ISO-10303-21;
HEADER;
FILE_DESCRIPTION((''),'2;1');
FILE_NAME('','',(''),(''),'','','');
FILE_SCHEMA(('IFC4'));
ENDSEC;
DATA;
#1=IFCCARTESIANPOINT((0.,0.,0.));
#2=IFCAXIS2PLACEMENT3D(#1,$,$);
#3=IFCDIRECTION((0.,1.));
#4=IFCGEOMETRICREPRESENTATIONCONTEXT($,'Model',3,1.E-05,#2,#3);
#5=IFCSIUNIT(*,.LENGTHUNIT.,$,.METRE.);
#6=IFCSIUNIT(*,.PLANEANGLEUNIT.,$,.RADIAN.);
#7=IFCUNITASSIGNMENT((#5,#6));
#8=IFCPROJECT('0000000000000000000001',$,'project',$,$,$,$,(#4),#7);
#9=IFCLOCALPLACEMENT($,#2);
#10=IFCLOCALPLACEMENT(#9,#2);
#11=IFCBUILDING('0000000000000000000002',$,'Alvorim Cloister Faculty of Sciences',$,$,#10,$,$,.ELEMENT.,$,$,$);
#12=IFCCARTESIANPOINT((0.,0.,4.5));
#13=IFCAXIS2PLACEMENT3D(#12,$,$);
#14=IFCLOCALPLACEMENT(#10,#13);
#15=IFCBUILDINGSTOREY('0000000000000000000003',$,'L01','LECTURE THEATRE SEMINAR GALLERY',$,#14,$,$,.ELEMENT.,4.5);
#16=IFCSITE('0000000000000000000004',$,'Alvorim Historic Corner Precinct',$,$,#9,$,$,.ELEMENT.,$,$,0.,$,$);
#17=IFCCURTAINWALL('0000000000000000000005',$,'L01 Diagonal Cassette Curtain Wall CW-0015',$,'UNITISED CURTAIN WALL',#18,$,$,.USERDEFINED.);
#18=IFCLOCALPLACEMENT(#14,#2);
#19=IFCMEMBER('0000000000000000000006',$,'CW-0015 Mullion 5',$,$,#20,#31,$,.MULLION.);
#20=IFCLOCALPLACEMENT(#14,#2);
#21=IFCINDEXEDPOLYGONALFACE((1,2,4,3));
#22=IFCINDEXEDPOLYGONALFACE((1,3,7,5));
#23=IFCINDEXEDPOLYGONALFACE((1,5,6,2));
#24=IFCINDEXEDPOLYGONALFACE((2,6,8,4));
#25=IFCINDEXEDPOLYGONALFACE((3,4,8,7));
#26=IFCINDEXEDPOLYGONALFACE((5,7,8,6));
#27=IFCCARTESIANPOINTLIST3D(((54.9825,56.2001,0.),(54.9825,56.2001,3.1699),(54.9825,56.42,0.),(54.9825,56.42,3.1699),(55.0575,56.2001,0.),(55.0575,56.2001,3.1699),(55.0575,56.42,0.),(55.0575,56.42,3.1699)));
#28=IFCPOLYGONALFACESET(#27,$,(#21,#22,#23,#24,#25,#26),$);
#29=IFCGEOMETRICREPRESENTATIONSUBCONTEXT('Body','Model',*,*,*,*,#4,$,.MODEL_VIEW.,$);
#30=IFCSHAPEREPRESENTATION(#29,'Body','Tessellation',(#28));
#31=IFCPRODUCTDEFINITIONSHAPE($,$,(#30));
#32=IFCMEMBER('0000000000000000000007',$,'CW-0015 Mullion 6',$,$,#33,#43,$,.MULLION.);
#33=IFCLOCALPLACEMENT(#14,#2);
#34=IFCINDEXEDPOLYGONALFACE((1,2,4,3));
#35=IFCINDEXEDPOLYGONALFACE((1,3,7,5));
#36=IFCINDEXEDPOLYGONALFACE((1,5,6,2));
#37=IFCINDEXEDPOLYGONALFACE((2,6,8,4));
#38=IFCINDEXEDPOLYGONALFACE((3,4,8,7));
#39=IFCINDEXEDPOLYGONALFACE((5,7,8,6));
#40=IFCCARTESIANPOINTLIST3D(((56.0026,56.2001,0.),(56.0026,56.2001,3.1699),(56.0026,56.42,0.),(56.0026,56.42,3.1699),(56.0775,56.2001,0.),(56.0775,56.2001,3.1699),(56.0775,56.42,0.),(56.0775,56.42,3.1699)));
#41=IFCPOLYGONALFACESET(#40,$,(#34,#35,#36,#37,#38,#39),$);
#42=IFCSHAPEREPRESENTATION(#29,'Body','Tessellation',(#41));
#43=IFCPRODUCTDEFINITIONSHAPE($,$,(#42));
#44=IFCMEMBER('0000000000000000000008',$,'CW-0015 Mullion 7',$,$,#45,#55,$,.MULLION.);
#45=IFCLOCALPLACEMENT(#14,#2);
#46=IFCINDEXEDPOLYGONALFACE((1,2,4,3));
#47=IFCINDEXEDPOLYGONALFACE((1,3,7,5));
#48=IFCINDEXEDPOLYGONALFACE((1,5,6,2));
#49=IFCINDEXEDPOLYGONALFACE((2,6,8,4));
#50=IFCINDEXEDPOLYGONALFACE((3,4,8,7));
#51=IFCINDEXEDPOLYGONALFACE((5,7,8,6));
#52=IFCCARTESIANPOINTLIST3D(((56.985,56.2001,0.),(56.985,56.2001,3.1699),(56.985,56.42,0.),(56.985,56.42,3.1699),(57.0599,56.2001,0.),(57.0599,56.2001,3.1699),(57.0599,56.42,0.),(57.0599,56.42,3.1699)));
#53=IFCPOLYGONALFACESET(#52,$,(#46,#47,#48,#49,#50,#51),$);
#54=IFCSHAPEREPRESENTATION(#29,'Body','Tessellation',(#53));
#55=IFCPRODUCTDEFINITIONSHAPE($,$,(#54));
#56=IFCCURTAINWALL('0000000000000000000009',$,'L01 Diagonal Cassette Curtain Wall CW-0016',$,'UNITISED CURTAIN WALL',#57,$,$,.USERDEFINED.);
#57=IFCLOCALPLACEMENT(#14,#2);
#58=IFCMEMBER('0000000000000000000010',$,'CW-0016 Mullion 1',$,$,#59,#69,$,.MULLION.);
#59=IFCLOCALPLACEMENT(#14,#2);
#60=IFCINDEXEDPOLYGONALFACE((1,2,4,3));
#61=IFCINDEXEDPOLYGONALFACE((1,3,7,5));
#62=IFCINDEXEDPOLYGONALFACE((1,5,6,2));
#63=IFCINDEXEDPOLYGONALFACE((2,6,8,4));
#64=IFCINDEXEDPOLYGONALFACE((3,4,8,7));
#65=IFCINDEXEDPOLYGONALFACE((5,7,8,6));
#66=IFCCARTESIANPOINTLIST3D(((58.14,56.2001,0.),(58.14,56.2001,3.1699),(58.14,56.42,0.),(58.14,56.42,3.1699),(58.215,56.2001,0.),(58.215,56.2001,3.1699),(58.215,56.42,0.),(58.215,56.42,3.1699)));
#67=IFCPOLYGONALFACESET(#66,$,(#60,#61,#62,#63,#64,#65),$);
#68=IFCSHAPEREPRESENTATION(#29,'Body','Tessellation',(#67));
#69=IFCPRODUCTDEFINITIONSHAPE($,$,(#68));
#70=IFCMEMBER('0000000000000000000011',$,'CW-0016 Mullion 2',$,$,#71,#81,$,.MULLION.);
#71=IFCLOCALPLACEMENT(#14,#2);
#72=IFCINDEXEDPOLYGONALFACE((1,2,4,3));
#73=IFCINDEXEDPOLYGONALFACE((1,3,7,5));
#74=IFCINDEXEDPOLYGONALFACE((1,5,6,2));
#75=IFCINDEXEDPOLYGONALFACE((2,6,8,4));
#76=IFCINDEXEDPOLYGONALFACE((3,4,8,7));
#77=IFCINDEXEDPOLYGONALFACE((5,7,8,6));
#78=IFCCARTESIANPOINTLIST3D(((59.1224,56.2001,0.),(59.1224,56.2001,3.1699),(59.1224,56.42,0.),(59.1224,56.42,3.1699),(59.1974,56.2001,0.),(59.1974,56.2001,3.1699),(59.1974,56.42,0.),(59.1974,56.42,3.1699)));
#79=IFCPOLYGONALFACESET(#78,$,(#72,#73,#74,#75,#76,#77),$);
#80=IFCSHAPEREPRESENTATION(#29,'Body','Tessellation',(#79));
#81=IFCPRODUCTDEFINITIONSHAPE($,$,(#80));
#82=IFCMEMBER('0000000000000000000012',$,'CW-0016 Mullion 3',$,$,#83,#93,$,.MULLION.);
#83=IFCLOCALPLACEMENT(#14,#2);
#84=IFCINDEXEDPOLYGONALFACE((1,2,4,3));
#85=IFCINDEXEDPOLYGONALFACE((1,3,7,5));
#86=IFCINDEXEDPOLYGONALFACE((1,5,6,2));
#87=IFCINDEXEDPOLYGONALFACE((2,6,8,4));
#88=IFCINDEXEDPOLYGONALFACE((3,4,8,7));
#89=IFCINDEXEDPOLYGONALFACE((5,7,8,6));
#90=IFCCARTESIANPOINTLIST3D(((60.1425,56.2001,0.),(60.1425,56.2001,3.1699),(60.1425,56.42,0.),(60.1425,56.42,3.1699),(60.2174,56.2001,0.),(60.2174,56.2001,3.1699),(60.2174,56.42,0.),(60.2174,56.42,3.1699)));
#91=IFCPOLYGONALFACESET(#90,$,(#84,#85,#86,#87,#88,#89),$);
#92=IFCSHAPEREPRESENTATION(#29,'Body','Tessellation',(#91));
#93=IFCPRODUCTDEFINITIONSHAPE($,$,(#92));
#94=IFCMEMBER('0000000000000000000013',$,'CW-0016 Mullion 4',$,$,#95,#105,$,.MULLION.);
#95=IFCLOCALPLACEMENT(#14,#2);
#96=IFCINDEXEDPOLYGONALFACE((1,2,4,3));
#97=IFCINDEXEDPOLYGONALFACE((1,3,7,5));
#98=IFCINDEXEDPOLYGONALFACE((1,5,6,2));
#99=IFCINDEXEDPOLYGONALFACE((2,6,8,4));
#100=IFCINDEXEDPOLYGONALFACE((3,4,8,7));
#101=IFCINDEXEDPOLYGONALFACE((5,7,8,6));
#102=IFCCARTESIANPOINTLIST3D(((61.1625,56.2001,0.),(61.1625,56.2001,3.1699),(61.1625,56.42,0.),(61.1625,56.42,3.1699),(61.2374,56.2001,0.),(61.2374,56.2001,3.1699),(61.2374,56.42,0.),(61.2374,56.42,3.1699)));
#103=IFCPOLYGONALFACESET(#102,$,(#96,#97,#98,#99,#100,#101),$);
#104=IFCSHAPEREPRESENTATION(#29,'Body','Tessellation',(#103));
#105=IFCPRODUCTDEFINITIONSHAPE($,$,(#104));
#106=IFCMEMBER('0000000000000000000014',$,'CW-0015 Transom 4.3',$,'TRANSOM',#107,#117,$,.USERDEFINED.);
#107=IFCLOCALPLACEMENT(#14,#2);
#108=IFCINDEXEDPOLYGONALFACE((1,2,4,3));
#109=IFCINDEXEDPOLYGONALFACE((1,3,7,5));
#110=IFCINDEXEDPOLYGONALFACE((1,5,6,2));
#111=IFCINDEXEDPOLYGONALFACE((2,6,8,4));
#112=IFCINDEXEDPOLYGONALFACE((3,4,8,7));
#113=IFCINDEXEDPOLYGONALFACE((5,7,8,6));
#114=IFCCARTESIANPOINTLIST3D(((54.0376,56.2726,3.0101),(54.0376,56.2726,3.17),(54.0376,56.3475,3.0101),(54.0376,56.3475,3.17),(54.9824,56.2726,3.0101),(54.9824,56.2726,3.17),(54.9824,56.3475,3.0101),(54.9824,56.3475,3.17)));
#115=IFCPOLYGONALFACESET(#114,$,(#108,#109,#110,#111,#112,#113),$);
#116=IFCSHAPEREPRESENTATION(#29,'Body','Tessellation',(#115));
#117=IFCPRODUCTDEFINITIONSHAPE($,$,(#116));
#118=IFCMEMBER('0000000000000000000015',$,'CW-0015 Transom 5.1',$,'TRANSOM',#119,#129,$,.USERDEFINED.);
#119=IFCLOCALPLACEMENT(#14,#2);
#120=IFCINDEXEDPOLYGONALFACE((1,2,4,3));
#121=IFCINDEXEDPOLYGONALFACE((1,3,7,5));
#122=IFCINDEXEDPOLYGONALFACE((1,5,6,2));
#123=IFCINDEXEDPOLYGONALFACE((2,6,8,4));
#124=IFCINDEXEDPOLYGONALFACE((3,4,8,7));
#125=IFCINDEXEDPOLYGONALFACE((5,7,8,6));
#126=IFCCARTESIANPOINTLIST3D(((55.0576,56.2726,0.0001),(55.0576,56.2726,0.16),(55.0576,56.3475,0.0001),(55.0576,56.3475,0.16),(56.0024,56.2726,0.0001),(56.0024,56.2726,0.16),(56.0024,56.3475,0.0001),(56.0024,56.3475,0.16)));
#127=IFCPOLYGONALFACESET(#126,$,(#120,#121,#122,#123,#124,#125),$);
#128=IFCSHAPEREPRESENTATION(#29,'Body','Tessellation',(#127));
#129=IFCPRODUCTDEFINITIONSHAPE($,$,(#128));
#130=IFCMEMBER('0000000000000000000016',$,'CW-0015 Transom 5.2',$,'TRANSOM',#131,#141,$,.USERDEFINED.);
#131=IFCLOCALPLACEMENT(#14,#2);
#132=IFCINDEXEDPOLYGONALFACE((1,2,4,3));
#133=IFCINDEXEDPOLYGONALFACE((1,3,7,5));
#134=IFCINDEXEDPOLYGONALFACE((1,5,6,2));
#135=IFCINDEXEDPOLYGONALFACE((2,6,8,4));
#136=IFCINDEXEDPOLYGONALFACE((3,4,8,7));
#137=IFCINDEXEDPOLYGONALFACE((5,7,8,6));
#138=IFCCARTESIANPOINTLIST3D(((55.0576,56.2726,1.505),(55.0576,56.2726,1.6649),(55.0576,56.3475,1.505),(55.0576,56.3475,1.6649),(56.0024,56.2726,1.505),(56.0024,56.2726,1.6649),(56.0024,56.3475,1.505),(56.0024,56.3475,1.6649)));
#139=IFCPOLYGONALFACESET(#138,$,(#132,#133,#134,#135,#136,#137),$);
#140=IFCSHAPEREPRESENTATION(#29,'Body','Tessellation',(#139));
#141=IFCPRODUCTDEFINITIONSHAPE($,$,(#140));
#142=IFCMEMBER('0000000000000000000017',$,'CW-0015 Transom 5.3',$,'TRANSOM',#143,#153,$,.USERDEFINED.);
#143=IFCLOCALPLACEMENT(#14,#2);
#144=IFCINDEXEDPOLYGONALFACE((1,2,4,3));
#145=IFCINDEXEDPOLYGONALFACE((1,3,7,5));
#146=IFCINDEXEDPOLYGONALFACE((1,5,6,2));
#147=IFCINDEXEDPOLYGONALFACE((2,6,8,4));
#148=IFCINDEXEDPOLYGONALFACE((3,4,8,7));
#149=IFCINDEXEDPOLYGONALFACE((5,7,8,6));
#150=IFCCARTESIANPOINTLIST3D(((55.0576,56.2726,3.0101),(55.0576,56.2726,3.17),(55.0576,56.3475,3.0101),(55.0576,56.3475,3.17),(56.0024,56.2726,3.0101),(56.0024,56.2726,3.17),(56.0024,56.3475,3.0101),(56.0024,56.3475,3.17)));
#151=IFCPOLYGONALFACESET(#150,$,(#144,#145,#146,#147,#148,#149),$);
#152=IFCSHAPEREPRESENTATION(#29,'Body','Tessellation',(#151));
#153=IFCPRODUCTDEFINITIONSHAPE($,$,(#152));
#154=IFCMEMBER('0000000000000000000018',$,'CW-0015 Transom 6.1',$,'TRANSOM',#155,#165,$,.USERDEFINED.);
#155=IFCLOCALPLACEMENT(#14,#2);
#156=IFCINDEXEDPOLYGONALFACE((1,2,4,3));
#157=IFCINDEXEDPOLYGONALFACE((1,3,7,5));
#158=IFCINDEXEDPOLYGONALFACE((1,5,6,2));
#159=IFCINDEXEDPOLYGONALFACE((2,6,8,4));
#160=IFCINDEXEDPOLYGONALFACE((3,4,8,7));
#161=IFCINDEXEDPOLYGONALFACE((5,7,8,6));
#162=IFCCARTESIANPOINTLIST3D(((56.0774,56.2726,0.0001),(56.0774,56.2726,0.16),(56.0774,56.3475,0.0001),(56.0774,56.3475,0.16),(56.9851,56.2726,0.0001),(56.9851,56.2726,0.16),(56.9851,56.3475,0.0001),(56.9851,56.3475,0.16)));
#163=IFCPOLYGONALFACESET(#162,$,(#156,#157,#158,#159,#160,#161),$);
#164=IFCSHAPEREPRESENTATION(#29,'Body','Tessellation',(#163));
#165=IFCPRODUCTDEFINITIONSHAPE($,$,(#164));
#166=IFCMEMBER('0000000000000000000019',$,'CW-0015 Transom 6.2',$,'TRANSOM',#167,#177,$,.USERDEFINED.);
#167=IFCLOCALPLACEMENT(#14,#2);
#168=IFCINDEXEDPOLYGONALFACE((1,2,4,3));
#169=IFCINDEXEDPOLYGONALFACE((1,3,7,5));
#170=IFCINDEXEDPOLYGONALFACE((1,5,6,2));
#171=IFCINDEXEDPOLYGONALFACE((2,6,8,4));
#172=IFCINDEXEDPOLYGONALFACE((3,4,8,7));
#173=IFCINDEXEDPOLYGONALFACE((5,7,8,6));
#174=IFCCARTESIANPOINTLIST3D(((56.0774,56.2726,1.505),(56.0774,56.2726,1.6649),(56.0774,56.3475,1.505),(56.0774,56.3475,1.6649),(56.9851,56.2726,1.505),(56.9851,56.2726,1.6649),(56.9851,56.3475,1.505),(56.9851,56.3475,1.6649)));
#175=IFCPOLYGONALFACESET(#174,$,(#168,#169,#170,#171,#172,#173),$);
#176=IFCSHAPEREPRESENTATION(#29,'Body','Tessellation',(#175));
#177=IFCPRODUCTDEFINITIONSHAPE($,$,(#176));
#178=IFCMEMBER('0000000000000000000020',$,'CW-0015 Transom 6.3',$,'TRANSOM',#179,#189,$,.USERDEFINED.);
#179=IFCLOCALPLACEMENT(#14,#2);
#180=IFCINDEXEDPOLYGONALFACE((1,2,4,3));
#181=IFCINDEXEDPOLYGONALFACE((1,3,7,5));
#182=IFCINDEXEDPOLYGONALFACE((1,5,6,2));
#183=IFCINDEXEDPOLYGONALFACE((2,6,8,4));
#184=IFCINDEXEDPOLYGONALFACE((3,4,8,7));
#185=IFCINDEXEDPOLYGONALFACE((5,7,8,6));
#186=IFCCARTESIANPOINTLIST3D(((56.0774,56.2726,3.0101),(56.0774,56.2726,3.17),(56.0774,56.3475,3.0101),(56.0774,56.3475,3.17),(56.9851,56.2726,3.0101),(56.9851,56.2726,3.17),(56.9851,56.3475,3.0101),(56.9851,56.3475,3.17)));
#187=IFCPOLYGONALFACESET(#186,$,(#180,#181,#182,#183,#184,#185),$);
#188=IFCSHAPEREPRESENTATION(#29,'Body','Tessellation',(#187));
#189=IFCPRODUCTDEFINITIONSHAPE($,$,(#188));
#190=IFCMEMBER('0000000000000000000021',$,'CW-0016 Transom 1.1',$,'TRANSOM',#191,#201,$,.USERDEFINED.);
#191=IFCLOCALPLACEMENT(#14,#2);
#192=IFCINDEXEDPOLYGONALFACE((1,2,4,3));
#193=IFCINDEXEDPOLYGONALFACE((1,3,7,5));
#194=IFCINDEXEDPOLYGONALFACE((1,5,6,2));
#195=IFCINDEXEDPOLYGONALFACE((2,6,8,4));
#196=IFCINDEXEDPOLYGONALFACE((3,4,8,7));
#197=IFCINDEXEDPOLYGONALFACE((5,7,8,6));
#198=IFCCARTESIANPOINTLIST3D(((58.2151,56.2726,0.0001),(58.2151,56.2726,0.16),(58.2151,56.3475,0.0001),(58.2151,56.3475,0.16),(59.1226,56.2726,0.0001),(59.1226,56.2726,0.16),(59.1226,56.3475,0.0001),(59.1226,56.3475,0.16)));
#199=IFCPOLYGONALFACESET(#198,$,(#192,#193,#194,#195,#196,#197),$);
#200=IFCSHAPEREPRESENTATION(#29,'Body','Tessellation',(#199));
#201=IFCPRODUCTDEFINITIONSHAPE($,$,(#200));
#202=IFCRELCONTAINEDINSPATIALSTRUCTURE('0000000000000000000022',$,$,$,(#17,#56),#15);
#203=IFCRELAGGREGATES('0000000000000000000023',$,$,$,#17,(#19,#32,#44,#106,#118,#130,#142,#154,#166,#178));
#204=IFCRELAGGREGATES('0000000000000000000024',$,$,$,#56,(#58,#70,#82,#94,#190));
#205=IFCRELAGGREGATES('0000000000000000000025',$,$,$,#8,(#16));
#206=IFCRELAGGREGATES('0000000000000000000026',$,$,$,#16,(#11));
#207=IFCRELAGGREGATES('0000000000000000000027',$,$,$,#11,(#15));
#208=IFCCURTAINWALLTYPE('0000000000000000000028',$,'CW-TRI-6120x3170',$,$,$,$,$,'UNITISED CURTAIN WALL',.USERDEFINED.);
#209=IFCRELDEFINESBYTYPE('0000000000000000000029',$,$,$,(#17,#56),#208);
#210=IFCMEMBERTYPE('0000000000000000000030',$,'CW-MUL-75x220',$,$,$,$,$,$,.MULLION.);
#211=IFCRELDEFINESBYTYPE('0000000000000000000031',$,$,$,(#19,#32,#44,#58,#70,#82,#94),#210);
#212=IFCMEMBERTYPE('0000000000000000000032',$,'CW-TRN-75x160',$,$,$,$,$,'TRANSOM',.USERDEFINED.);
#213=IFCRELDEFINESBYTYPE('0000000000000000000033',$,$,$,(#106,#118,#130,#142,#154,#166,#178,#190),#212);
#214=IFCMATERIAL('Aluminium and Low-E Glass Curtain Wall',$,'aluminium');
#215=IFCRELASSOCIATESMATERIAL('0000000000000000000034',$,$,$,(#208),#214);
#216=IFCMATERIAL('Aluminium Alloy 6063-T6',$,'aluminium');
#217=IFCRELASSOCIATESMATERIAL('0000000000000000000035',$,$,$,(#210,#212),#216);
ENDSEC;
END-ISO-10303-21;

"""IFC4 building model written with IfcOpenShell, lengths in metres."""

from ifc_helpers import new_model, si_unit, direction, frame, origin, origin_2d, place, context, subcontext, project, spatial, rectangle, extrude, material, material_profile, profile_set, type_object, element, aggregate, save


model = new_model("IFC4")

# Units and contexts
model_context = context("Model", 3, precision=1e-05, world=origin(), true_north=direction((0.0, 1.0)))
body_context = subcontext(model_context, "Body", "Model", "MODEL_VIEW")
ifc_project = project(units=[si_unit("LENGTHUNIT", "METRE"), si_unit("PLANEANGLEUNIT", "RADIAN")], contexts=[model_context])

# Site, building, storey
site_placement = place(None, origin())
site = spatial("IfcSite", under=ifc_project, at=site_placement, Name="Alvorim Historic Corner Precinct", CompositionType="ELEMENT", RefElevation=0.0)
building_placement = place(site_placement, origin())
building = spatial("IfcBuilding", under=site, at=building_placement, Name="Alvorim Cloister Faculty of Sciences", CompositionType="ELEMENT")
storey_placement = place(building_placement, frame((0.0, 0.0, 4.5)))
storey = spatial("IfcBuildingStorey", under=building, at=storey_placement, Name="L01", Description="LECTURE THEATRE SEMINAR GALLERY", CompositionType="ELEMENT", Elevation=4.5)

# Curtain walls, members
ifc_material_1 = material(Name="Aluminium and Low-E Glass Curtain Wall", Category="aluminium")
curtain_wall_type = type_object("IfcCurtainWallType", Name="CW-TRI-6120x3170", ElementType="UNITISED CURTAIN WALL", PredefinedType="USERDEFINED", material=ifc_material_1)
curtain_wall_1_placement = place(storey_placement, origin())
curtain_wall_1 = element("IfcCurtainWall", 1, at=curtain_wall_1_placement, inside=storey, type_object=curtain_wall_type, Name="L01 Diagonal Cassette Curtain Wall CW-0015", ObjectType="UNITISED CURTAIN WALL", PredefinedType="USERDEFINED")
ifc_material_2 = material(Name="Aluminium Alloy 6063-T6", Category="aluminium")
ifc_material_profile_1 = material_profile(ifc_material_2, rectangle(XDim=0.075, YDim=0.22, at=origin_2d()), Name="ALU-MUL-75x220")
ifc_profile_set_1 = profile_set([ifc_material_profile_1], Name="Aluminium Alloy 6063-T6")
member_type_1 = type_object("IfcMemberType", Name="CW-MUL-75x220", PredefinedType="MULLION", material=ifc_profile_set_1)
member_1_placement = place(storey_placement, frame((55.02, 56.3101, 0.0), z_axis=(0.0, 0.0, 1.0), x_axis=(1.0, 0.0, 0.0)))
member_1 = element("IfcMember", 2, at=member_1_placement, type_object=member_type_1, Name="CW-0015 Mullion 5", PredefinedType="MULLION", context=body_context, shape_type="SweptSolid", body=[
    extrude(rectangle(XDim=0.075, YDim=0.22, at=origin_2d()), origin(), (0.0, 0.0, 1.0), 3.1699),
])
member_2_placement = place(storey_placement, frame((56.04, 56.3101, 0.0), z_axis=(0.0, 0.0, 1.0), x_axis=(1.0, 0.0, 0.0)))
member_2 = element("IfcMember", 3, at=member_2_placement, type_object=member_type_1, Name="CW-0015 Mullion 6", PredefinedType="MULLION", context=body_context, shape_type="SweptSolid", body=[
    extrude(rectangle(XDim=0.075, YDim=0.22, at=origin_2d()), origin(), (0.0, 0.0, 1.0), 3.1699),
])
member_3_placement = place(storey_placement, frame((57.0225, 56.3101, 0.0), z_axis=(0.0, 0.0, 1.0), x_axis=(1.0, 0.0, 0.0)))
member_3 = element("IfcMember", 4, at=member_3_placement, type_object=member_type_1, Name="CW-0015 Mullion 7", PredefinedType="MULLION", context=body_context, shape_type="SweptSolid", body=[
    extrude(rectangle(XDim=0.075, YDim=0.22, at=origin_2d()), origin(), (0.0, 0.0, 1.0), 3.1699),
])
curtain_wall_2_placement = place(storey_placement, origin())
curtain_wall_2 = element("IfcCurtainWall", 5, at=curtain_wall_2_placement, inside=storey, type_object=curtain_wall_type, Name="L01 Diagonal Cassette Curtain Wall CW-0016", ObjectType="UNITISED CURTAIN WALL", PredefinedType="USERDEFINED")
member_4_placement = place(storey_placement, frame((58.1775, 56.3101, 0.0), z_axis=(0.0, 0.0, 1.0), x_axis=(1.0, 0.0, 0.0)))
member_4 = element("IfcMember", 6, at=member_4_placement, type_object=member_type_1, Name="CW-0016 Mullion 1", PredefinedType="MULLION", context=body_context, shape_type="SweptSolid", body=[
    extrude(rectangle(XDim=0.075, YDim=0.22, at=origin_2d()), origin(), (0.0, 0.0, 1.0), 3.1699),
])
member_5_placement = place(storey_placement, frame((59.1599, 56.3101, 0.0), z_axis=(0.0, 0.0, 1.0), x_axis=(1.0, 0.0, 0.0)))
member_5 = element("IfcMember", 7, at=member_5_placement, type_object=member_type_1, Name="CW-0016 Mullion 2", PredefinedType="MULLION", context=body_context, shape_type="SweptSolid", body=[
    extrude(rectangle(XDim=0.075, YDim=0.22, at=origin_2d()), origin(), (0.0, 0.0, 1.0), 3.1699),
])
member_6_placement = place(storey_placement, frame((60.1799, 56.3101, 0.0), z_axis=(0.0, 0.0, 1.0), x_axis=(1.0, 0.0, 0.0)))
member_6 = element("IfcMember", 8, at=member_6_placement, type_object=member_type_1, Name="CW-0016 Mullion 3", PredefinedType="MULLION", context=body_context, shape_type="SweptSolid", body=[
    extrude(rectangle(XDim=0.075, YDim=0.22, at=origin_2d()), origin(), (0.0, 0.0, 1.0), 3.1699),
])
member_7_placement = place(storey_placement, frame((61.2, 56.3101, 0.0), z_axis=(0.0, 0.0, 1.0), x_axis=(1.0, 0.0, 0.0)))
member_7 = element("IfcMember", 9, at=member_7_placement, type_object=member_type_1, Name="CW-0016 Mullion 4", PredefinedType="MULLION", context=body_context, shape_type="SweptSolid", body=[
    extrude(rectangle(XDim=0.075, YDim=0.22, at=origin_2d()), origin(), (0.0, 0.0, 1.0), 3.1699),
])

# Members
ifc_material_profile_2 = material_profile(ifc_material_2, rectangle(XDim=0.075, YDim=0.1599, at=origin_2d()), Name="ALU-TRN-75x160")
ifc_profile_set_2 = profile_set([ifc_material_profile_2], Name="Aluminium Alloy 6063-T6")
member_type_2 = type_object("IfcMemberType", Name="CW-TRN-75x160", ElementType="TRANSOM", PredefinedType="USERDEFINED", material=ifc_profile_set_2)
member_8_placement = place(storey_placement, frame((54.0376, 56.3101, 3.0901), z_axis=(1.0, 0.0, 0.0), x_axis=(0.0, 1.0, 0.0)))
member_8 = element("IfcMember", 10, at=member_8_placement, type_object=member_type_2, Name="CW-0015 Transom 4.3", ObjectType="TRANSOM", PredefinedType="USERDEFINED", context=body_context, shape_type="SweptSolid", body=[
    extrude(rectangle(XDim=0.075, YDim=0.1599, at=origin_2d()), origin(), (0.0, 0.0, 1.0), 0.9448),
])
member_9_placement = place(storey_placement, frame((55.0576, 56.3101, 0.0801), z_axis=(1.0, 0.0, 0.0), x_axis=(0.0, 1.0, 0.0)))
member_9 = element("IfcMember", 11, at=member_9_placement, type_object=member_type_2, Name="CW-0015 Transom 5.1", ObjectType="TRANSOM", PredefinedType="USERDEFINED", context=body_context, shape_type="SweptSolid", body=[
    extrude(rectangle(XDim=0.075, YDim=0.1599, at=origin_2d()), origin(), (0.0, 0.0, 1.0), 0.9448),
])
member_10_placement = place(storey_placement, frame((55.0576, 56.3101, 1.585), z_axis=(1.0, 0.0, 0.0), x_axis=(0.0, 1.0, 0.0)))
member_10 = element("IfcMember", 12, at=member_10_placement, type_object=member_type_2, Name="CW-0015 Transom 5.2", ObjectType="TRANSOM", PredefinedType="USERDEFINED", context=body_context, shape_type="SweptSolid", body=[
    extrude(rectangle(XDim=0.075, YDim=0.1599, at=origin_2d()), origin(), (0.0, 0.0, 1.0), 0.9448),
])
member_11_placement = place(storey_placement, frame((55.0576, 56.3101, 3.0901), z_axis=(1.0, 0.0, 0.0), x_axis=(0.0, 1.0, 0.0)))
member_11 = element("IfcMember", 13, at=member_11_placement, type_object=member_type_2, Name="CW-0015 Transom 5.3", ObjectType="TRANSOM", PredefinedType="USERDEFINED", context=body_context, shape_type="SweptSolid", body=[
    extrude(rectangle(XDim=0.075, YDim=0.1599, at=origin_2d()), origin(), (0.0, 0.0, 1.0), 0.9448),
])
member_12_placement = place(storey_placement, frame((56.0774, 56.3101, 0.0801), z_axis=(1.0, 0.0, 0.0), x_axis=(0.0, 1.0, 0.0)))
member_12 = element("IfcMember", 14, at=member_12_placement, type_object=member_type_2, Name="CW-0015 Transom 6.1", ObjectType="TRANSOM", PredefinedType="USERDEFINED", context=body_context, shape_type="SweptSolid", body=[
    extrude(rectangle(XDim=0.075, YDim=0.1599, at=origin_2d()), origin(), (0.0, 0.0, 1.0), 0.9077),
])
member_13_placement = place(storey_placement, frame((56.0774, 56.3101, 1.585), z_axis=(1.0, 0.0, 0.0), x_axis=(0.0, 1.0, 0.0)))
member_13 = element("IfcMember", 15, at=member_13_placement, type_object=member_type_2, Name="CW-0015 Transom 6.2", ObjectType="TRANSOM", PredefinedType="USERDEFINED", context=body_context, shape_type="SweptSolid", body=[
    extrude(rectangle(XDim=0.075, YDim=0.1599, at=origin_2d()), origin(), (0.0, 0.0, 1.0), 0.9077),
])
member_14_placement = place(storey_placement, frame((56.0774, 56.3101, 3.0901), z_axis=(1.0, 0.0, 0.0), x_axis=(0.0, 1.0, 0.0)))
member_14 = element("IfcMember", 16, at=member_14_placement, type_object=member_type_2, Name="CW-0015 Transom 6.3", ObjectType="TRANSOM", PredefinedType="USERDEFINED", context=body_context, shape_type="SweptSolid", body=[
    extrude(rectangle(XDim=0.075, YDim=0.1599, at=origin_2d()), origin(), (0.0, 0.0, 1.0), 0.9077),
])
aggregate(curtain_wall_1, [member_1, member_2, member_3, member_8, member_9, member_10, member_11, member_12, member_13, member_14])
member_15_placement = place(storey_placement, frame((58.2151, 56.3101, 0.0801), z_axis=(1.0, 0.0, 0.0), x_axis=(0.0, 1.0, 0.0)))
member_15 = element("IfcMember", 17, at=member_15_placement, type_object=member_type_2, Name="CW-0016 Transom 1.1", ObjectType="TRANSOM", PredefinedType="USERDEFINED", context=body_context, shape_type="SweptSolid", body=[
    extrude(rectangle(XDim=0.075, YDim=0.1599, at=origin_2d()), origin(), (0.0, 0.0, 1.0), 0.9075),
])
aggregate(curtain_wall_2, [member_4, member_5, member_6, member_7, member_15])

save(model, "model.ifc")
